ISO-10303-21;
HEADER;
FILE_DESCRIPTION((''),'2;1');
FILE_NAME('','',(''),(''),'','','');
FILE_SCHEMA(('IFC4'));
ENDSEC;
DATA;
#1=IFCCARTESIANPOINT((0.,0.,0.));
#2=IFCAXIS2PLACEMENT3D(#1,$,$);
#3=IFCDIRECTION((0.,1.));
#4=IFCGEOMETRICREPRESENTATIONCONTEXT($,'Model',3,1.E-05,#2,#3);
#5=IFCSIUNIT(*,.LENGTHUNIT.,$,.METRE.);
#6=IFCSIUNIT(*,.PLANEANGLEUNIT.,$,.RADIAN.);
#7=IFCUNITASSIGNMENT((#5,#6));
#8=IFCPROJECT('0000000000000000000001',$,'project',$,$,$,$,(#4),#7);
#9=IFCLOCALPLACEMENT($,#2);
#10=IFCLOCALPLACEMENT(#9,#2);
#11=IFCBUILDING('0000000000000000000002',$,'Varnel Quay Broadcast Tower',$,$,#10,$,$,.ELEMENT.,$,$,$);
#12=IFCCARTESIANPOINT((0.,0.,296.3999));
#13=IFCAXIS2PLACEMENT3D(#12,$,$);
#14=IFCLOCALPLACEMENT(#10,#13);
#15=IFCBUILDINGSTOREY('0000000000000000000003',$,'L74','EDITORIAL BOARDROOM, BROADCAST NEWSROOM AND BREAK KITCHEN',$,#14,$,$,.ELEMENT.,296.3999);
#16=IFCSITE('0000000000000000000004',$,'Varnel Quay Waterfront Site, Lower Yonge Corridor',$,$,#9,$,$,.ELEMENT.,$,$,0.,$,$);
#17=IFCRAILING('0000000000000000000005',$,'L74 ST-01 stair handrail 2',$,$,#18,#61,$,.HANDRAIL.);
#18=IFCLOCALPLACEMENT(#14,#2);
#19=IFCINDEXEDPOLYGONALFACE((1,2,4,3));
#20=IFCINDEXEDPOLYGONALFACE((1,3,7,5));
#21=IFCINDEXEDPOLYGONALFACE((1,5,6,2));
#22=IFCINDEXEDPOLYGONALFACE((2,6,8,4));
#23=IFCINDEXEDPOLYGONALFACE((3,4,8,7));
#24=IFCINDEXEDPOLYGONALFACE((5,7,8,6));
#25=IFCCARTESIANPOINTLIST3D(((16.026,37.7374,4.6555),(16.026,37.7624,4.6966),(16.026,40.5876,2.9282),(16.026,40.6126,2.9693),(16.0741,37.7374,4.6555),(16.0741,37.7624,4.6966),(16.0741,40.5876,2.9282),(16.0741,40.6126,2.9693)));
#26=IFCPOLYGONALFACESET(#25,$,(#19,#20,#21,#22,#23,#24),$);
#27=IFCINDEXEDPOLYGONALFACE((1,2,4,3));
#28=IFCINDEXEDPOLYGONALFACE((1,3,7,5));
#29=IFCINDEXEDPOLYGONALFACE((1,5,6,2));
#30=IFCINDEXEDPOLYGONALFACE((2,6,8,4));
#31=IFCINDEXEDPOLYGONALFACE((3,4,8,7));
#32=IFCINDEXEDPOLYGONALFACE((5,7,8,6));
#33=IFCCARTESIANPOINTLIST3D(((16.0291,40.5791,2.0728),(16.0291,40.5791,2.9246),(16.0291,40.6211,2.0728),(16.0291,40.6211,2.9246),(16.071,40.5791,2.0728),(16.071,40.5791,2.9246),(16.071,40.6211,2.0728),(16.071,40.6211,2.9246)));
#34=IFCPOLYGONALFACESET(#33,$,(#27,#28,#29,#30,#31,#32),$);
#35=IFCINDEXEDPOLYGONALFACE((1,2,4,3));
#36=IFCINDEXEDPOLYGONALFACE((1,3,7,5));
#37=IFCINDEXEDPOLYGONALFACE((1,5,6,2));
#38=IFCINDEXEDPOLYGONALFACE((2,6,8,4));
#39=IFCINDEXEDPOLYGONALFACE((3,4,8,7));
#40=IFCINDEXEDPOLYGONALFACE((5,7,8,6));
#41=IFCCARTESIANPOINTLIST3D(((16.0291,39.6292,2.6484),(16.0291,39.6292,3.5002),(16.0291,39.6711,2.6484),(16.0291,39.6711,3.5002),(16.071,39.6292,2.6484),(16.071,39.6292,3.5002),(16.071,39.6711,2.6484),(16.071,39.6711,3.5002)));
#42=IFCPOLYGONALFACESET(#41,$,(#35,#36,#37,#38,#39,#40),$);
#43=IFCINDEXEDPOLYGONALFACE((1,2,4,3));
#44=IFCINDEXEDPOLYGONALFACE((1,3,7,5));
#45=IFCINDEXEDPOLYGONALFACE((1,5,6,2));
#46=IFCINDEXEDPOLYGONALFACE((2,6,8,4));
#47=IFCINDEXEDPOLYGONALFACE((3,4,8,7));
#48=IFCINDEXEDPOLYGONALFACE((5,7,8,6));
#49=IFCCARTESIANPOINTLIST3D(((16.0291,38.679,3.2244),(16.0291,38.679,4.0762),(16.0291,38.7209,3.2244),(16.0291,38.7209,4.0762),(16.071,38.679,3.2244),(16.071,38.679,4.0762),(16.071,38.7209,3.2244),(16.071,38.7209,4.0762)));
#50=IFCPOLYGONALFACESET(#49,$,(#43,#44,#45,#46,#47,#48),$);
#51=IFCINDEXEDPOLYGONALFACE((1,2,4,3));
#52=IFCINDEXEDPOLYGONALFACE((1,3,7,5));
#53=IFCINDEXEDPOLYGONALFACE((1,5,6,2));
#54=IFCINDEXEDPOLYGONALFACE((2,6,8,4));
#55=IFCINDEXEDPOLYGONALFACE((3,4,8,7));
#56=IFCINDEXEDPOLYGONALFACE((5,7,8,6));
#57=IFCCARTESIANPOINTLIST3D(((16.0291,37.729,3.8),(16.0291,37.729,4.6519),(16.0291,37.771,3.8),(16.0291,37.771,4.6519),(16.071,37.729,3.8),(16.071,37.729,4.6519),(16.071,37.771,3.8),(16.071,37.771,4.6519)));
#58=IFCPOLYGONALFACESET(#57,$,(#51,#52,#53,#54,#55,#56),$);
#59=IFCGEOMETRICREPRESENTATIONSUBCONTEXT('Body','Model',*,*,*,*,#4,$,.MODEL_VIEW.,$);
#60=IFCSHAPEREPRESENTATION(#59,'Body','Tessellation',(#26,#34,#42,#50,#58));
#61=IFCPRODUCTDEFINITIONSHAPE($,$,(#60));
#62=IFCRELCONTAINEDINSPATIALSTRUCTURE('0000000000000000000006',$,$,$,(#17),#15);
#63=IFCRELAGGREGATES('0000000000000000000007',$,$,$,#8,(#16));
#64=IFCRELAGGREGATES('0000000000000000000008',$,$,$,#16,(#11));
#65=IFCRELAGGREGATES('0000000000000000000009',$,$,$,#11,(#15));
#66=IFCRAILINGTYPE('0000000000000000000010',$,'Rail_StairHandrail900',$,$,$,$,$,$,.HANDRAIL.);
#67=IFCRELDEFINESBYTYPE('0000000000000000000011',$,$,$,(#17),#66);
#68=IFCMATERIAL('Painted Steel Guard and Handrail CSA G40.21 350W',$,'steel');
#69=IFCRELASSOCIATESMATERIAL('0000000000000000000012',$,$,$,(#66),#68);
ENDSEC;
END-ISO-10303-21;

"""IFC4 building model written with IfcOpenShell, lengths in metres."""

from ifc_helpers import new_model, si_unit, direction, frame, origin, origin_2d, place, context, subcontext, project, spatial, rectangle, extrude, material, type_object, element, save


model = new_model("IFC4")

# Units and contexts
model_context = context("Model", 3, precision=1e-05, world=origin(), true_north=direction((0.0, 1.0)))
body_context = subcontext(model_context, "Body", "Model", "MODEL_VIEW")
ifc_project = project(units=[si_unit("LENGTHUNIT", "METRE"), si_unit("PLANEANGLEUNIT", "RADIAN")], contexts=[model_context])

# Site, building, storey
site_placement = place(None, origin())
site = spatial("IfcSite", under=ifc_project, at=site_placement, Name="Varnel Quay Waterfront Site, Lower Yonge Corridor", CompositionType="ELEMENT", RefElevation=0.0)
building_placement = place(site_placement, origin())
building = spatial("IfcBuilding", under=site, at=building_placement, Name="Varnel Quay Broadcast Tower", CompositionType="ELEMENT")
storey_placement = place(building_placement, frame((0.0, 0.0, 296.3999)))
storey = spatial("IfcBuildingStorey", under=building, at=storey_placement, Name="L74", Description="EDITORIAL BOARDROOM, BROADCAST NEWSROOM AND BREAK KITCHEN", CompositionType="ELEMENT", Elevation=296.3999)

# Railing
ifc_material_1 = material(Name="Painted Steel Guard and Handrail CSA G40.21 350W", Category="steel")
railing_type_1 = type_object("IfcRailingType", Name="Rail_StairHandrail900", PredefinedType="HANDRAIL", material=ifc_material_1)
railing_1_placement = place(storey_placement, frame((16.05, 40.6001, 2.0728)))
element("IfcRailing", 1, at=railing_1_placement, inside=storey, type_object=railing_type_1, Name="L74 ST-01 stair handrail 2", PredefinedType="HANDRAIL", context=body_context, shape_type="SweptSolid", body=[
    extrude(rectangle(XDim=0.0481, YDim=0.0481, at=origin_2d()), frame((0.0, 0.0, 0.876), z_axis=(0.0, -0.855203, 0.518294), x_axis=(1.0, 0.0, 0.0)), (0.0, 0.0, 1.0), 3.3328),
    extrude(rectangle(XDim=0.042, YDim=0.042, at=origin_2d()), origin(), (0.0, 0.0, 1.0), 0.8518),
    extrude(rectangle(XDim=0.042, YDim=0.042, at=origin_2d()), frame((0.0, -0.95, 0.5757)), (0.0, 0.0, 1.0), 0.8518),
    extrude(rectangle(XDim=0.042, YDim=0.042, at=origin_2d()), frame((0.0, -1.9001, 1.1516)), (0.0, 0.0, 1.0), 0.8518),
    extrude(rectangle(XDim=0.042, YDim=0.042, at=origin_2d()), frame((0.0, -2.8501, 1.7273)), (0.0, 0.0, 1.0), 0.8518),
])

save(model, "model.ifc")
